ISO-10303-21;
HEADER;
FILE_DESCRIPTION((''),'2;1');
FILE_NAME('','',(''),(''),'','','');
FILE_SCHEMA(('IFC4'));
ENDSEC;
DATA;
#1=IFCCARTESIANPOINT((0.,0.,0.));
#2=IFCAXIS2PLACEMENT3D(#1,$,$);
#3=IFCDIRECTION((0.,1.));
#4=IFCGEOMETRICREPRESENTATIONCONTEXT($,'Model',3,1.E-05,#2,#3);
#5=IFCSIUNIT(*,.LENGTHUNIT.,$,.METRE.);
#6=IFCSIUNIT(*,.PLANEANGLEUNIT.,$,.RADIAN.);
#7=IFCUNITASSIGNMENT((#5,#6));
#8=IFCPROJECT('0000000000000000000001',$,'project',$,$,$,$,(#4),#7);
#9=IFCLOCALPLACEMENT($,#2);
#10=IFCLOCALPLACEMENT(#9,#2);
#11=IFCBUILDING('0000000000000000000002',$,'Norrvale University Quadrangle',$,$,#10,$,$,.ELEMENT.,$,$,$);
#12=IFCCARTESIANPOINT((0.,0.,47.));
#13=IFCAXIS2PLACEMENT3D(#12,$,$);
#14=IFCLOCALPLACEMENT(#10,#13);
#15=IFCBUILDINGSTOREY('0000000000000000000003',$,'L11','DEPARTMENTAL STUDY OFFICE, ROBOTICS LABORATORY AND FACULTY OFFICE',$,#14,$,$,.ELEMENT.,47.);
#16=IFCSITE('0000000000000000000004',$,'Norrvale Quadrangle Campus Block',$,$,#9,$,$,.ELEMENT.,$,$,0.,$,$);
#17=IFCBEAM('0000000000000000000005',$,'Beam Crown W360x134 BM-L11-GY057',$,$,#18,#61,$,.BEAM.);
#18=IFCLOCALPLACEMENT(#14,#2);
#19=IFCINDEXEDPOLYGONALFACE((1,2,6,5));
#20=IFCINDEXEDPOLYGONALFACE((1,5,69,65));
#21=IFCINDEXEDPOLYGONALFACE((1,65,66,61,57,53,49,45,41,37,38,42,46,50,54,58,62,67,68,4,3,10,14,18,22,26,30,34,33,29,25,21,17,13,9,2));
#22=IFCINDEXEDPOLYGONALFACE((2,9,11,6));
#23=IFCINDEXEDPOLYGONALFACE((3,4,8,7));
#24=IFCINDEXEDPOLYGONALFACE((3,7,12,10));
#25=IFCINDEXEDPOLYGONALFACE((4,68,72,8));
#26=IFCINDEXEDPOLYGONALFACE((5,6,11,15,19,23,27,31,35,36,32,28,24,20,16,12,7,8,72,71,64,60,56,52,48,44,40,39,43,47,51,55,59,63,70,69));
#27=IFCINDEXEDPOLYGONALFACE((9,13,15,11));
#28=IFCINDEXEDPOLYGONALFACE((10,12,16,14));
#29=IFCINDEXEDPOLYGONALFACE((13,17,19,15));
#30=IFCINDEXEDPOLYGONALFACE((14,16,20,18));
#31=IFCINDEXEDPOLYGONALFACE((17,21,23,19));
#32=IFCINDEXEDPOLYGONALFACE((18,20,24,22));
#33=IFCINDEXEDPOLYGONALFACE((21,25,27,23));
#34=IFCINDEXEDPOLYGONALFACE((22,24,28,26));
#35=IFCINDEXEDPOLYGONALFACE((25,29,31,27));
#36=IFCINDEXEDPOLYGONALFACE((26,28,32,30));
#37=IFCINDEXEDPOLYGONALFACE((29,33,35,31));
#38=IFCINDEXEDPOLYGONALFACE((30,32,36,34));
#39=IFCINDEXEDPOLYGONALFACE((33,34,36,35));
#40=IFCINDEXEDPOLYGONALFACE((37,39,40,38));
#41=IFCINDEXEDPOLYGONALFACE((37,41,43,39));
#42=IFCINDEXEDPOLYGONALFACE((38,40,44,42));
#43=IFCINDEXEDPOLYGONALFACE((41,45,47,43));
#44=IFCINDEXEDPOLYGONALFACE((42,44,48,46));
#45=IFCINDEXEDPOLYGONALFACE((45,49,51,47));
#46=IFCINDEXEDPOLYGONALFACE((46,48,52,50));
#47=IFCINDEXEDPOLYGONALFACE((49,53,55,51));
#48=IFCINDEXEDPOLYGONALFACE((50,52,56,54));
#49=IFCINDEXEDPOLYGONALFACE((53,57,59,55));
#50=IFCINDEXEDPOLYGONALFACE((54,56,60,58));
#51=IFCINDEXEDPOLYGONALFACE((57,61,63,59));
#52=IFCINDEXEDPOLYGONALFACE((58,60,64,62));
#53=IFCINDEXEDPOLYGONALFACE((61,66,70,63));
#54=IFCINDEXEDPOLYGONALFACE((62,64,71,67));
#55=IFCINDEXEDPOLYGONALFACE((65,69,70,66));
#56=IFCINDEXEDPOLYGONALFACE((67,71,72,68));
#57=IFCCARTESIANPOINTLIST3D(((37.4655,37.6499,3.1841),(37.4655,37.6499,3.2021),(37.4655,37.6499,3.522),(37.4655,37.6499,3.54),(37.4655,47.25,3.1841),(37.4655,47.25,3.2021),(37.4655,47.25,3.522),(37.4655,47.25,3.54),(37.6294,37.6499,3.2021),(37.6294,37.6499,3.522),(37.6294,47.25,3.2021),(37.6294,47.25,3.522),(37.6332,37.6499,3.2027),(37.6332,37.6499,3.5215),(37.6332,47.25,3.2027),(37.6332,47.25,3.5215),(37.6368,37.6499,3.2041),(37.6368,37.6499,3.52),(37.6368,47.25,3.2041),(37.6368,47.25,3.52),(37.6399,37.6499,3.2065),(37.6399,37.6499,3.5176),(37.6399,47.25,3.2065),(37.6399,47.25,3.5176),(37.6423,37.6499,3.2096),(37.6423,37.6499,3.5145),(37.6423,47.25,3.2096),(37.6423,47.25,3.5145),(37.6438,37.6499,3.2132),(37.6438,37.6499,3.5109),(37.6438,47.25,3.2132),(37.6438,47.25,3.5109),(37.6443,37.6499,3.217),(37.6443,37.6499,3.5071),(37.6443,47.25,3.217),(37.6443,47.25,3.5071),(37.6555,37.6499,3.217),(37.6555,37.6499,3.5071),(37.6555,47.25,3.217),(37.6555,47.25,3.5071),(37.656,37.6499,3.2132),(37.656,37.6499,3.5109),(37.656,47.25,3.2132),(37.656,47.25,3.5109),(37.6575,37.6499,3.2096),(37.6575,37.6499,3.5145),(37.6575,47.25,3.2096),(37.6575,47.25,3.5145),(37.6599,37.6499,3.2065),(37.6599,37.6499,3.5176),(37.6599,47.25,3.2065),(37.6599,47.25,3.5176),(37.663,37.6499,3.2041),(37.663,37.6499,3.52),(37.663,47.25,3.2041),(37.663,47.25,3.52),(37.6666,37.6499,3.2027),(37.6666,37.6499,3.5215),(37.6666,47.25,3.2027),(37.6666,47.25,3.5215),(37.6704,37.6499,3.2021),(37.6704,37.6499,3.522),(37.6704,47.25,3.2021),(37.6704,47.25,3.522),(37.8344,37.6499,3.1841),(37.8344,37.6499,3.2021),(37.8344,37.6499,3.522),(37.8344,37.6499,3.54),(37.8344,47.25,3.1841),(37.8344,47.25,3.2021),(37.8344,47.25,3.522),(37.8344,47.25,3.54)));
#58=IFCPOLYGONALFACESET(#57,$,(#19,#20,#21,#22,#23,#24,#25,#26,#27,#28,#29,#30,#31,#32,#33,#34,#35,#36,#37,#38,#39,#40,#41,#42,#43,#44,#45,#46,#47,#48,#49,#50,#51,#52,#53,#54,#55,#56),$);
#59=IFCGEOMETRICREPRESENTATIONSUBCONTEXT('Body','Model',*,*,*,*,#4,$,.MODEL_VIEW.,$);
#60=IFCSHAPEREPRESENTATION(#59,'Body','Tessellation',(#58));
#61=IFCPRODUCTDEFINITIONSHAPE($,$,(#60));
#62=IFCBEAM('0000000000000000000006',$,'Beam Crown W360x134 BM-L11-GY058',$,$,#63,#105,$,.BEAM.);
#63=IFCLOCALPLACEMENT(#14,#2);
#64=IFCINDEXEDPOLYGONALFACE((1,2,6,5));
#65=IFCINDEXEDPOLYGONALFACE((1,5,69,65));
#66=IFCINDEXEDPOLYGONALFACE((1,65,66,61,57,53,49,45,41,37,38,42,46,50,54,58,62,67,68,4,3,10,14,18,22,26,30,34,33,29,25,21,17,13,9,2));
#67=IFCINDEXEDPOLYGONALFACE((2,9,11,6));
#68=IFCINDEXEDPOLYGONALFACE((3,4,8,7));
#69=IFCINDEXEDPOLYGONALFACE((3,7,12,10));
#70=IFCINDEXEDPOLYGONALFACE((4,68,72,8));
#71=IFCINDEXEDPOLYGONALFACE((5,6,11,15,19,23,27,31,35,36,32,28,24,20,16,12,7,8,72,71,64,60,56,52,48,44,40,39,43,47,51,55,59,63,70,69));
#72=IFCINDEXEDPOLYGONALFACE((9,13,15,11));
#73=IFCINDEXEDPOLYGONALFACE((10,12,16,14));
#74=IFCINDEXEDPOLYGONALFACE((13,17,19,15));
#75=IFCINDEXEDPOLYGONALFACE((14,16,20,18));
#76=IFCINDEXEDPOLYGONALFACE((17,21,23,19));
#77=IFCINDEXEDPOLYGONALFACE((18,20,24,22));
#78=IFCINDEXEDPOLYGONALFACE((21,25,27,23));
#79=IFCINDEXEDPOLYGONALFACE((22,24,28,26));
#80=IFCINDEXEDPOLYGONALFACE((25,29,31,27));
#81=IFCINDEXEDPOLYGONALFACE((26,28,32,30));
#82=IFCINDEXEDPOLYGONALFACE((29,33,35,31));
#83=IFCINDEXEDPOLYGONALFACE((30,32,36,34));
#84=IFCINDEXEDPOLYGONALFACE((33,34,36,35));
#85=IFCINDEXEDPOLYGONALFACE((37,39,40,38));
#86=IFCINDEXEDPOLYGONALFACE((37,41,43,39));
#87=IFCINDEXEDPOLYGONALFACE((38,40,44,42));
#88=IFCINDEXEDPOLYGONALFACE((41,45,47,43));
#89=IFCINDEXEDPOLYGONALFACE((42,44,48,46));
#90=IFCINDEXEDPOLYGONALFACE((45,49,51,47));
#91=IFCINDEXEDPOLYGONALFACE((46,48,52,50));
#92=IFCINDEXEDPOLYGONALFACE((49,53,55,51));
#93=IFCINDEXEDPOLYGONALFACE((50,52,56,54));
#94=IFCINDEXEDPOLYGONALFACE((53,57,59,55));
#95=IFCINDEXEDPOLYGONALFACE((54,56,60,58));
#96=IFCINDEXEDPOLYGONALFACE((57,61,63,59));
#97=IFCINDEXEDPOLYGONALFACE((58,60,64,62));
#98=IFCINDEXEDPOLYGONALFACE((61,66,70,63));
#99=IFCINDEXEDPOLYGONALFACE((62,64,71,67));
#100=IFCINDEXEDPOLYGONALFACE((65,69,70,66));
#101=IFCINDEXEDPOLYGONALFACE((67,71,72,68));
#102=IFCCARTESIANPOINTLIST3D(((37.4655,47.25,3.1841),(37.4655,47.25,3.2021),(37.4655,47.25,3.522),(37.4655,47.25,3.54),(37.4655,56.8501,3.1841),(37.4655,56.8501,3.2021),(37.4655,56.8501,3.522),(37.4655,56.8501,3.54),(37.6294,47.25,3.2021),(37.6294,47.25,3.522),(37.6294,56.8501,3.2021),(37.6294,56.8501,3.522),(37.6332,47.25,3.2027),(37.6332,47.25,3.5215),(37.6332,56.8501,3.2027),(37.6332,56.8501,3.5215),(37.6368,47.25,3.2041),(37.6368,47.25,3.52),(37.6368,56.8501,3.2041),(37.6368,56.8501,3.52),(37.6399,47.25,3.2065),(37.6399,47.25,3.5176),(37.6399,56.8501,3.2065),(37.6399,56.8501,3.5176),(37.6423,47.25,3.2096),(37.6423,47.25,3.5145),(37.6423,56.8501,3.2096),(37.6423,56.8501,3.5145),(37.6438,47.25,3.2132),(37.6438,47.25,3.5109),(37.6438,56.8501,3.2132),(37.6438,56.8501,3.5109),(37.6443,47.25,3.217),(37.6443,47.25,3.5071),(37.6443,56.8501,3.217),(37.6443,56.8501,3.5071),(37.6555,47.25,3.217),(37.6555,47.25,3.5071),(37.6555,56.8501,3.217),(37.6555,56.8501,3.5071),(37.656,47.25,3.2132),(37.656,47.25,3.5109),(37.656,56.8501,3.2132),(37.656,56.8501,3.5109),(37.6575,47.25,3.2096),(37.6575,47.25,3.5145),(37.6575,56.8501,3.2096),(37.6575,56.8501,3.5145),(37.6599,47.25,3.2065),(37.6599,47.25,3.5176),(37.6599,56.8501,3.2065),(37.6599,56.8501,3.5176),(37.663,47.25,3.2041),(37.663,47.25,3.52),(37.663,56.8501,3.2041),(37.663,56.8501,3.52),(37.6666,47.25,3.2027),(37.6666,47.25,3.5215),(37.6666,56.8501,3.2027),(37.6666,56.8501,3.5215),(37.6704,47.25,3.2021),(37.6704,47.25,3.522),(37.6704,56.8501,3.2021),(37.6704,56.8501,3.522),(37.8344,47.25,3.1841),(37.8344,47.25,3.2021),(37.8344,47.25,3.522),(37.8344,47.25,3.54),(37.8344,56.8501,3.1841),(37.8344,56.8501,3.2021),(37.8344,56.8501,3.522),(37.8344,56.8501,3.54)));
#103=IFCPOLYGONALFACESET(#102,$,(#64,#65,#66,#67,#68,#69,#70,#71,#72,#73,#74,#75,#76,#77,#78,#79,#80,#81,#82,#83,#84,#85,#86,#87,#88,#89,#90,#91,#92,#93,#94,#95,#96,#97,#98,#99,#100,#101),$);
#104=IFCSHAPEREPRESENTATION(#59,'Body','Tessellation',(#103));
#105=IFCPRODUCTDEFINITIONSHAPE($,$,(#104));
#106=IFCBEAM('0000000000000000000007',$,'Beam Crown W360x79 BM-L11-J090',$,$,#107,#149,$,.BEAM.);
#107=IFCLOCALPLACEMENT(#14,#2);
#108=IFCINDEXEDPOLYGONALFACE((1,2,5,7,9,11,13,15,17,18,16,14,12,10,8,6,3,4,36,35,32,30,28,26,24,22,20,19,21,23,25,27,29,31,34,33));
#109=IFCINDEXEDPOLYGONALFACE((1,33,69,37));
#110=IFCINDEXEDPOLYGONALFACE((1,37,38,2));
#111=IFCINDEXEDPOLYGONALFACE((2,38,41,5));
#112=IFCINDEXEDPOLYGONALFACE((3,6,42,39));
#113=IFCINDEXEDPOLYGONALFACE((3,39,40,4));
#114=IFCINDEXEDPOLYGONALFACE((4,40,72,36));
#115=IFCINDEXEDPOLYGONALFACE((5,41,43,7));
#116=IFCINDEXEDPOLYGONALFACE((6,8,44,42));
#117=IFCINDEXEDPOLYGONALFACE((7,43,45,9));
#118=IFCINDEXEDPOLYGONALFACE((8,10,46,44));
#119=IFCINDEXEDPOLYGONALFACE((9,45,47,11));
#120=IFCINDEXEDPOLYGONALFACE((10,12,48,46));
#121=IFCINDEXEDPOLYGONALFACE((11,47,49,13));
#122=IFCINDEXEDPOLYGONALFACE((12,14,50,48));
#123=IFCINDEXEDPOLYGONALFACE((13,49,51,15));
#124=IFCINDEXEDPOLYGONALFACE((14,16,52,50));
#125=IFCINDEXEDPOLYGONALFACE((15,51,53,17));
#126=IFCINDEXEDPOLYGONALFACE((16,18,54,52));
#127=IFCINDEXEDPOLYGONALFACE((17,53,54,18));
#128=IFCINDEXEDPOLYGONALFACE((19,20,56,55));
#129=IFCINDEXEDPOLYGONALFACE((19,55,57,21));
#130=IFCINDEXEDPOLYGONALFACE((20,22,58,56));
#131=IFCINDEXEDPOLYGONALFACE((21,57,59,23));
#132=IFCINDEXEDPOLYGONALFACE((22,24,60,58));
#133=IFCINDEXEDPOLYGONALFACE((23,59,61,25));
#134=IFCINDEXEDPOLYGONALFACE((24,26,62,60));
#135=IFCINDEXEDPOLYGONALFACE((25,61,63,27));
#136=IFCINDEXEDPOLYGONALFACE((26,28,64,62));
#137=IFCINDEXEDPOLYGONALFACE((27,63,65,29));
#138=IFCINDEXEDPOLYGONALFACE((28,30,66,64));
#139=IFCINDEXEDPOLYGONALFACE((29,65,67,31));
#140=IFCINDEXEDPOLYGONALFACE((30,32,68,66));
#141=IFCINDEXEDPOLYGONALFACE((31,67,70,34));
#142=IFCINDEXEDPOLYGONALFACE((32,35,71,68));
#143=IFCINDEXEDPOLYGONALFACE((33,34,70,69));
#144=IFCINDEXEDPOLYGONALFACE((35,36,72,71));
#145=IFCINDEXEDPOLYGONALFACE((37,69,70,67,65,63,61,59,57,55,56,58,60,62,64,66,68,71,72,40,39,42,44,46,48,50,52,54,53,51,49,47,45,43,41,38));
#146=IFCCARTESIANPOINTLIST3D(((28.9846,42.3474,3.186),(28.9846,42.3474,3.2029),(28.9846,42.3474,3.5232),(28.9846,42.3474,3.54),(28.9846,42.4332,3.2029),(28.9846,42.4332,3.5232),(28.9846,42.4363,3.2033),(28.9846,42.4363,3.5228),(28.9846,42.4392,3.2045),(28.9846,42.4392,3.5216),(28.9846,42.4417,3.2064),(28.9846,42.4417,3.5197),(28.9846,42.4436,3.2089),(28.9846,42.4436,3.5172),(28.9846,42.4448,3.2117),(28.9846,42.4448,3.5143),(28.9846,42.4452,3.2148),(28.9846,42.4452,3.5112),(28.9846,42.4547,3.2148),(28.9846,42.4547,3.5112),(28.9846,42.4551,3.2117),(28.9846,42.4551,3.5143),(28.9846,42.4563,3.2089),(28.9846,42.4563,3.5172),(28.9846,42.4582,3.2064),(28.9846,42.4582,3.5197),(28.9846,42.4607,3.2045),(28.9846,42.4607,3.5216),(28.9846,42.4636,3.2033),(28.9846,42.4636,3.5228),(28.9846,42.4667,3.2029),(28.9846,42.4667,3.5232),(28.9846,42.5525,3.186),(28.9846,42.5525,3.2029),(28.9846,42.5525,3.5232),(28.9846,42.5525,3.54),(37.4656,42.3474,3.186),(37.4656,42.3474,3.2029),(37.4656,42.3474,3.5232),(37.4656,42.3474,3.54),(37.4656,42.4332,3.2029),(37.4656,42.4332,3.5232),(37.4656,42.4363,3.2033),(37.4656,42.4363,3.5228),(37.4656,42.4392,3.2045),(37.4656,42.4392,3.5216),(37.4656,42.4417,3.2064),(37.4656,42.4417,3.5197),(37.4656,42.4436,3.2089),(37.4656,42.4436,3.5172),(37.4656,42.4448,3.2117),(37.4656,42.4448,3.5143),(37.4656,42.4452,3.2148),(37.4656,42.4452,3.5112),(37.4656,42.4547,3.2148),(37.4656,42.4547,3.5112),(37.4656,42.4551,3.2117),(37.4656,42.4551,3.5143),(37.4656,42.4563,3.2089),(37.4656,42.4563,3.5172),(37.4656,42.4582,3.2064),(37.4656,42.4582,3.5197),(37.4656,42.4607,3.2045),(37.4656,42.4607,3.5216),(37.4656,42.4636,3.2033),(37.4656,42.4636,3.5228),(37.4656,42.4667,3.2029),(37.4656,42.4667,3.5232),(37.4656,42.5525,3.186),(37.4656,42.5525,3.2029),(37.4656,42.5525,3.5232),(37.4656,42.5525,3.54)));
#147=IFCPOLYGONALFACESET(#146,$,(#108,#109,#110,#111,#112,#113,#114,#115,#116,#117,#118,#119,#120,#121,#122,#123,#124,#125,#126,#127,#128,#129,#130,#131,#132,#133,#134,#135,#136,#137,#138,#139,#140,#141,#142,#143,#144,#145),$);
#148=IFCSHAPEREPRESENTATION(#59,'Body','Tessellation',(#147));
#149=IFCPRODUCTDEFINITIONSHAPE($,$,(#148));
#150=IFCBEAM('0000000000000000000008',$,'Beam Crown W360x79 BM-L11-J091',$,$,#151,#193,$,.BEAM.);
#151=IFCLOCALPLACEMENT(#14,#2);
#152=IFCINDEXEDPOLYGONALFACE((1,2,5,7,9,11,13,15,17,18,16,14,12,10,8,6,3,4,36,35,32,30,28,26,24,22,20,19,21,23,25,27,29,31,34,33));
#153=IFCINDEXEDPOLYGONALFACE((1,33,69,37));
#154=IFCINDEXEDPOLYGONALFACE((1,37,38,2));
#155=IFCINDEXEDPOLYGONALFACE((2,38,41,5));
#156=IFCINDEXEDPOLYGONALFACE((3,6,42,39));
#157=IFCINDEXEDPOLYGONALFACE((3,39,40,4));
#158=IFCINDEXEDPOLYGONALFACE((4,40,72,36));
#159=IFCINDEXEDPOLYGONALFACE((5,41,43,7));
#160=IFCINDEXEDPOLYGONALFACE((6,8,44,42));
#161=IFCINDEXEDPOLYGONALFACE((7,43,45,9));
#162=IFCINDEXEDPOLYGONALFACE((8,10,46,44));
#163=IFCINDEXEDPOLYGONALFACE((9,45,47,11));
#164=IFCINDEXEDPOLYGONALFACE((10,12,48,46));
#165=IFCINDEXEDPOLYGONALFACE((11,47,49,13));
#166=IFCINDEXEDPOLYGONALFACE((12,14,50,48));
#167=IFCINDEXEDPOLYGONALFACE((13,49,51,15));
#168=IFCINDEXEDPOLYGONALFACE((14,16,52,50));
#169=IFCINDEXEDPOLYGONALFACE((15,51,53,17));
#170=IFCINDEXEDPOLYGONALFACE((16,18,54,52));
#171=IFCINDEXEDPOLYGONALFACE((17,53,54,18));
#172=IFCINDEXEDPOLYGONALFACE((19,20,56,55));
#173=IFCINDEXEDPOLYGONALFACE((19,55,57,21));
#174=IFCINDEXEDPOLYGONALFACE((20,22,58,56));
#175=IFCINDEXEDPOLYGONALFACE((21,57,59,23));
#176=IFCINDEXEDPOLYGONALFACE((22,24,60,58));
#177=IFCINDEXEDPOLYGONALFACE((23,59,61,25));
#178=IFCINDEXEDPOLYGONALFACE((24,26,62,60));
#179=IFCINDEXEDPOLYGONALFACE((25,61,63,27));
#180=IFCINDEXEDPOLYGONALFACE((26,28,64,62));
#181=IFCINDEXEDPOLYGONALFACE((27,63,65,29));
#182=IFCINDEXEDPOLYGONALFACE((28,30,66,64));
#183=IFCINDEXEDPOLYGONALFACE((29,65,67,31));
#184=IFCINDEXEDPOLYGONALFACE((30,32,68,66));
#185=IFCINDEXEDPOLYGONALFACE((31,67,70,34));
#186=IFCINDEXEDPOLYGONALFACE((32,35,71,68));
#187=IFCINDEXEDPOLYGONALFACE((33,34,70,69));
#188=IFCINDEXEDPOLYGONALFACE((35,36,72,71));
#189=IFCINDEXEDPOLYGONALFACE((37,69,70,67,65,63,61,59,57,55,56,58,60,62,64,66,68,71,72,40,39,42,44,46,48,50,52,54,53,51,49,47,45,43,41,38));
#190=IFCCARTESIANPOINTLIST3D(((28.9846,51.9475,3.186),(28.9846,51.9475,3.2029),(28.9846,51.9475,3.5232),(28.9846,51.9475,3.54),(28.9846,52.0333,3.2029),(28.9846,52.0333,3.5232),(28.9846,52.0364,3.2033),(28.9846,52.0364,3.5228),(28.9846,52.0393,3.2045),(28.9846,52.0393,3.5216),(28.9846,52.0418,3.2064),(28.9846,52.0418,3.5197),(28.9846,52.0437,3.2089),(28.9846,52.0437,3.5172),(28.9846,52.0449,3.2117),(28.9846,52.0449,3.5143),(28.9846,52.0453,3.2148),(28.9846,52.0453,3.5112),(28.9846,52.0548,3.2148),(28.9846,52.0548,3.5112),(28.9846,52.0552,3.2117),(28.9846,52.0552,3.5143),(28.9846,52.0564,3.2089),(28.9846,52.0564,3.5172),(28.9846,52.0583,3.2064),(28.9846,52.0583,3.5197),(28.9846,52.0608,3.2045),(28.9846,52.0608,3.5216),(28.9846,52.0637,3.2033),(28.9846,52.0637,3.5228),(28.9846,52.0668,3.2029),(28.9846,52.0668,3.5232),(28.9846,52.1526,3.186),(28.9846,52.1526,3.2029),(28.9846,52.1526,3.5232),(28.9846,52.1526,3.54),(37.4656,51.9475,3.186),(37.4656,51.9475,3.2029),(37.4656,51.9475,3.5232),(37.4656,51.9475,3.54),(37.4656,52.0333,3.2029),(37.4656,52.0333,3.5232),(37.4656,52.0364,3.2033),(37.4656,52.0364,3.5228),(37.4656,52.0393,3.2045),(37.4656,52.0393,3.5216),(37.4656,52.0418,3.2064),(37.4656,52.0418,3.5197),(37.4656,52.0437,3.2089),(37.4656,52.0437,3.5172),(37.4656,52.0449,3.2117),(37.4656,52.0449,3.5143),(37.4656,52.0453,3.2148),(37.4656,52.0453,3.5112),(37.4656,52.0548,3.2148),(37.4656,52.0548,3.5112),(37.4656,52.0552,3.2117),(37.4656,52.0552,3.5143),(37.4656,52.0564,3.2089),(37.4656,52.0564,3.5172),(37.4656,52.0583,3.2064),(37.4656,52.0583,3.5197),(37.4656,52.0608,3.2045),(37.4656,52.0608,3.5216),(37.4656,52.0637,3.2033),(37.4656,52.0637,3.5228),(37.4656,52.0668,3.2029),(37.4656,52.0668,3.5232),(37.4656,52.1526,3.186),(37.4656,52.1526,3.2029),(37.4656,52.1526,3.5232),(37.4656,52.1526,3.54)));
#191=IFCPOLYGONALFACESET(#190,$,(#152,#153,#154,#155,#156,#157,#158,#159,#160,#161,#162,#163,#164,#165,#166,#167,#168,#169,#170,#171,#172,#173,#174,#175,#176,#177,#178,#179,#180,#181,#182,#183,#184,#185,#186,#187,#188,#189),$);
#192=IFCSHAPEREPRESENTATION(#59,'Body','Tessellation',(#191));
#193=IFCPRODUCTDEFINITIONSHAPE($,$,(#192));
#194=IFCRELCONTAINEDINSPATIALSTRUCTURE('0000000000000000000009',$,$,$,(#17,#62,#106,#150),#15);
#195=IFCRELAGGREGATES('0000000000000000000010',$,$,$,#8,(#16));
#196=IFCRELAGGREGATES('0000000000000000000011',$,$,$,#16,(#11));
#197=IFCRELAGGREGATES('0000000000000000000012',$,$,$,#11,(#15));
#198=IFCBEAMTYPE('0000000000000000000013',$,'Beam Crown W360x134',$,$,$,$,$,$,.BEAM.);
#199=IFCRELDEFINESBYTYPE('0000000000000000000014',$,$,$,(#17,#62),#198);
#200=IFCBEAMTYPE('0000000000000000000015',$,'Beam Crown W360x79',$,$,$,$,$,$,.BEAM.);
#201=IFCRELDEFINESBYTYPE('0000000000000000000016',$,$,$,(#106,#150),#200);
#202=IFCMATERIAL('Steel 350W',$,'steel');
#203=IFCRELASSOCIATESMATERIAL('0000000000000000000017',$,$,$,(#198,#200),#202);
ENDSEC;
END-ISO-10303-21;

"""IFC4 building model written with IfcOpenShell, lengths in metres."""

from ifc_helpers import new_model, si_unit, direction, frame, origin, origin_2d, place, context, subcontext, project, spatial, i_section, extrude, material, material_profile, profile_set, type_object, element, save


model = new_model("IFC4")

# Units and contexts
model_context = context("Model", 3, precision=1e-05, world=origin(), true_north=direction((0.0, 1.0)))
body_context = subcontext(model_context, "Body", "Model", "MODEL_VIEW")
ifc_project = project(units=[si_unit("LENGTHUNIT", "METRE"), si_unit("PLANEANGLEUNIT", "RADIAN")], contexts=[model_context])

# Site, building, storey
site_placement = place(None, origin())
site = spatial("IfcSite", under=ifc_project, at=site_placement, Name="Norrvale Quadrangle Campus Block", CompositionType="ELEMENT", RefElevation=0.0)
building_placement = place(site_placement, origin())
building = spatial("IfcBuilding", under=site, at=building_placement, Name="Norrvale University Quadrangle", CompositionType="ELEMENT")
storey_placement = place(building_placement, frame((0.0, 0.0, 47.0)))
storey = spatial("IfcBuildingStorey", under=building, at=storey_placement, Name="L11", Description="DEPARTMENTAL STUDY OFFICE, ROBOTICS LABORATORY AND FACULTY OFFICE", CompositionType="ELEMENT", Elevation=47.0)

# Beams
ifc_material_1 = material(Name="Steel 350W", Category="steel")
ifc_material_profile_1 = material_profile(ifc_material_1, i_section(OverallWidth=0.3689, OverallDepth=0.356, WebThickness=0.0112, FlangeThickness=0.0181, FilletRadius=0.0149, at=origin_2d()), Name="Steel 350W")
ifc_profile_set_1 = profile_set([ifc_material_profile_1], Name="Steel 350W")
beam_type_1 = type_object("IfcBeamType", Name="Beam Crown W360x134", PredefinedType="BEAM", material=ifc_profile_set_1)
for number, where, z_axis, x_axis, name in (
    (1, (37.6499, 37.6499, 3.3621), (0.0, 1.0, 0.0), (-1.0, 0.0, 0.0), "Beam Crown W360x134 BM-L11-GY057"),
    (2, (37.6499, 47.25, 3.3621), (0.0, 1.0, 0.0), (-1.0, 0.0, 0.0), "Beam Crown W360x134 BM-L11-GY058"),
):
    element("IfcBeam", number, at=place(storey_placement, frame(where, z_axis=z_axis, x_axis=x_axis)), inside=storey, type_object=beam_type_1, Name=name, PredefinedType="BEAM", context=body_context, shape_type="SweptSolid", body=[
        extrude(i_section(OverallWidth=0.3689, OverallDepth=0.356, WebThickness=0.0112, FlangeThickness=0.0181, FilletRadius=0.0149, at=origin_2d()), origin(), (0.0, 0.0, 1.0), 9.6001),
    ])
ifc_material_profile_2 = material_profile(ifc_material_1, i_section(OverallWidth=0.2051, OverallDepth=0.354, WebThickness=0.0095, FlangeThickness=0.0168, FilletRadius=0.012, at=origin_2d()), Name="Steel 350W")
ifc_profile_set_2 = profile_set([ifc_material_profile_2], Name="Steel 350W")
beam_type_2 = type_object("IfcBeamType", Name="Beam Crown W360x79", PredefinedType="BEAM", material=ifc_profile_set_2)
for number, where, z_axis, x_axis, name in (
    (3, (28.9846, 42.45, 3.363), (1.0, 0.0, 0.0), (0.0, 1.0, 0.0), "Beam Crown W360x79 BM-L11-J090"),
    (4, (28.9846, 52.05, 3.363), (1.0, 0.0, 0.0), (0.0, 1.0, 0.0), "Beam Crown W360x79 BM-L11-J091"),
):
    element("IfcBeam", number, at=place(storey_placement, frame(where, z_axis=z_axis, x_axis=x_axis)), inside=storey, type_object=beam_type_2, Name=name, PredefinedType="BEAM", context=body_context, shape_type="SweptSolid", body=[
        extrude(i_section(OverallWidth=0.2051, OverallDepth=0.354, WebThickness=0.0095, FlangeThickness=0.0168, FilletRadius=0.012, at=origin_2d()), origin(), (0.0, 0.0, 1.0), 8.481),
    ])

save(model, "model.ifc")
